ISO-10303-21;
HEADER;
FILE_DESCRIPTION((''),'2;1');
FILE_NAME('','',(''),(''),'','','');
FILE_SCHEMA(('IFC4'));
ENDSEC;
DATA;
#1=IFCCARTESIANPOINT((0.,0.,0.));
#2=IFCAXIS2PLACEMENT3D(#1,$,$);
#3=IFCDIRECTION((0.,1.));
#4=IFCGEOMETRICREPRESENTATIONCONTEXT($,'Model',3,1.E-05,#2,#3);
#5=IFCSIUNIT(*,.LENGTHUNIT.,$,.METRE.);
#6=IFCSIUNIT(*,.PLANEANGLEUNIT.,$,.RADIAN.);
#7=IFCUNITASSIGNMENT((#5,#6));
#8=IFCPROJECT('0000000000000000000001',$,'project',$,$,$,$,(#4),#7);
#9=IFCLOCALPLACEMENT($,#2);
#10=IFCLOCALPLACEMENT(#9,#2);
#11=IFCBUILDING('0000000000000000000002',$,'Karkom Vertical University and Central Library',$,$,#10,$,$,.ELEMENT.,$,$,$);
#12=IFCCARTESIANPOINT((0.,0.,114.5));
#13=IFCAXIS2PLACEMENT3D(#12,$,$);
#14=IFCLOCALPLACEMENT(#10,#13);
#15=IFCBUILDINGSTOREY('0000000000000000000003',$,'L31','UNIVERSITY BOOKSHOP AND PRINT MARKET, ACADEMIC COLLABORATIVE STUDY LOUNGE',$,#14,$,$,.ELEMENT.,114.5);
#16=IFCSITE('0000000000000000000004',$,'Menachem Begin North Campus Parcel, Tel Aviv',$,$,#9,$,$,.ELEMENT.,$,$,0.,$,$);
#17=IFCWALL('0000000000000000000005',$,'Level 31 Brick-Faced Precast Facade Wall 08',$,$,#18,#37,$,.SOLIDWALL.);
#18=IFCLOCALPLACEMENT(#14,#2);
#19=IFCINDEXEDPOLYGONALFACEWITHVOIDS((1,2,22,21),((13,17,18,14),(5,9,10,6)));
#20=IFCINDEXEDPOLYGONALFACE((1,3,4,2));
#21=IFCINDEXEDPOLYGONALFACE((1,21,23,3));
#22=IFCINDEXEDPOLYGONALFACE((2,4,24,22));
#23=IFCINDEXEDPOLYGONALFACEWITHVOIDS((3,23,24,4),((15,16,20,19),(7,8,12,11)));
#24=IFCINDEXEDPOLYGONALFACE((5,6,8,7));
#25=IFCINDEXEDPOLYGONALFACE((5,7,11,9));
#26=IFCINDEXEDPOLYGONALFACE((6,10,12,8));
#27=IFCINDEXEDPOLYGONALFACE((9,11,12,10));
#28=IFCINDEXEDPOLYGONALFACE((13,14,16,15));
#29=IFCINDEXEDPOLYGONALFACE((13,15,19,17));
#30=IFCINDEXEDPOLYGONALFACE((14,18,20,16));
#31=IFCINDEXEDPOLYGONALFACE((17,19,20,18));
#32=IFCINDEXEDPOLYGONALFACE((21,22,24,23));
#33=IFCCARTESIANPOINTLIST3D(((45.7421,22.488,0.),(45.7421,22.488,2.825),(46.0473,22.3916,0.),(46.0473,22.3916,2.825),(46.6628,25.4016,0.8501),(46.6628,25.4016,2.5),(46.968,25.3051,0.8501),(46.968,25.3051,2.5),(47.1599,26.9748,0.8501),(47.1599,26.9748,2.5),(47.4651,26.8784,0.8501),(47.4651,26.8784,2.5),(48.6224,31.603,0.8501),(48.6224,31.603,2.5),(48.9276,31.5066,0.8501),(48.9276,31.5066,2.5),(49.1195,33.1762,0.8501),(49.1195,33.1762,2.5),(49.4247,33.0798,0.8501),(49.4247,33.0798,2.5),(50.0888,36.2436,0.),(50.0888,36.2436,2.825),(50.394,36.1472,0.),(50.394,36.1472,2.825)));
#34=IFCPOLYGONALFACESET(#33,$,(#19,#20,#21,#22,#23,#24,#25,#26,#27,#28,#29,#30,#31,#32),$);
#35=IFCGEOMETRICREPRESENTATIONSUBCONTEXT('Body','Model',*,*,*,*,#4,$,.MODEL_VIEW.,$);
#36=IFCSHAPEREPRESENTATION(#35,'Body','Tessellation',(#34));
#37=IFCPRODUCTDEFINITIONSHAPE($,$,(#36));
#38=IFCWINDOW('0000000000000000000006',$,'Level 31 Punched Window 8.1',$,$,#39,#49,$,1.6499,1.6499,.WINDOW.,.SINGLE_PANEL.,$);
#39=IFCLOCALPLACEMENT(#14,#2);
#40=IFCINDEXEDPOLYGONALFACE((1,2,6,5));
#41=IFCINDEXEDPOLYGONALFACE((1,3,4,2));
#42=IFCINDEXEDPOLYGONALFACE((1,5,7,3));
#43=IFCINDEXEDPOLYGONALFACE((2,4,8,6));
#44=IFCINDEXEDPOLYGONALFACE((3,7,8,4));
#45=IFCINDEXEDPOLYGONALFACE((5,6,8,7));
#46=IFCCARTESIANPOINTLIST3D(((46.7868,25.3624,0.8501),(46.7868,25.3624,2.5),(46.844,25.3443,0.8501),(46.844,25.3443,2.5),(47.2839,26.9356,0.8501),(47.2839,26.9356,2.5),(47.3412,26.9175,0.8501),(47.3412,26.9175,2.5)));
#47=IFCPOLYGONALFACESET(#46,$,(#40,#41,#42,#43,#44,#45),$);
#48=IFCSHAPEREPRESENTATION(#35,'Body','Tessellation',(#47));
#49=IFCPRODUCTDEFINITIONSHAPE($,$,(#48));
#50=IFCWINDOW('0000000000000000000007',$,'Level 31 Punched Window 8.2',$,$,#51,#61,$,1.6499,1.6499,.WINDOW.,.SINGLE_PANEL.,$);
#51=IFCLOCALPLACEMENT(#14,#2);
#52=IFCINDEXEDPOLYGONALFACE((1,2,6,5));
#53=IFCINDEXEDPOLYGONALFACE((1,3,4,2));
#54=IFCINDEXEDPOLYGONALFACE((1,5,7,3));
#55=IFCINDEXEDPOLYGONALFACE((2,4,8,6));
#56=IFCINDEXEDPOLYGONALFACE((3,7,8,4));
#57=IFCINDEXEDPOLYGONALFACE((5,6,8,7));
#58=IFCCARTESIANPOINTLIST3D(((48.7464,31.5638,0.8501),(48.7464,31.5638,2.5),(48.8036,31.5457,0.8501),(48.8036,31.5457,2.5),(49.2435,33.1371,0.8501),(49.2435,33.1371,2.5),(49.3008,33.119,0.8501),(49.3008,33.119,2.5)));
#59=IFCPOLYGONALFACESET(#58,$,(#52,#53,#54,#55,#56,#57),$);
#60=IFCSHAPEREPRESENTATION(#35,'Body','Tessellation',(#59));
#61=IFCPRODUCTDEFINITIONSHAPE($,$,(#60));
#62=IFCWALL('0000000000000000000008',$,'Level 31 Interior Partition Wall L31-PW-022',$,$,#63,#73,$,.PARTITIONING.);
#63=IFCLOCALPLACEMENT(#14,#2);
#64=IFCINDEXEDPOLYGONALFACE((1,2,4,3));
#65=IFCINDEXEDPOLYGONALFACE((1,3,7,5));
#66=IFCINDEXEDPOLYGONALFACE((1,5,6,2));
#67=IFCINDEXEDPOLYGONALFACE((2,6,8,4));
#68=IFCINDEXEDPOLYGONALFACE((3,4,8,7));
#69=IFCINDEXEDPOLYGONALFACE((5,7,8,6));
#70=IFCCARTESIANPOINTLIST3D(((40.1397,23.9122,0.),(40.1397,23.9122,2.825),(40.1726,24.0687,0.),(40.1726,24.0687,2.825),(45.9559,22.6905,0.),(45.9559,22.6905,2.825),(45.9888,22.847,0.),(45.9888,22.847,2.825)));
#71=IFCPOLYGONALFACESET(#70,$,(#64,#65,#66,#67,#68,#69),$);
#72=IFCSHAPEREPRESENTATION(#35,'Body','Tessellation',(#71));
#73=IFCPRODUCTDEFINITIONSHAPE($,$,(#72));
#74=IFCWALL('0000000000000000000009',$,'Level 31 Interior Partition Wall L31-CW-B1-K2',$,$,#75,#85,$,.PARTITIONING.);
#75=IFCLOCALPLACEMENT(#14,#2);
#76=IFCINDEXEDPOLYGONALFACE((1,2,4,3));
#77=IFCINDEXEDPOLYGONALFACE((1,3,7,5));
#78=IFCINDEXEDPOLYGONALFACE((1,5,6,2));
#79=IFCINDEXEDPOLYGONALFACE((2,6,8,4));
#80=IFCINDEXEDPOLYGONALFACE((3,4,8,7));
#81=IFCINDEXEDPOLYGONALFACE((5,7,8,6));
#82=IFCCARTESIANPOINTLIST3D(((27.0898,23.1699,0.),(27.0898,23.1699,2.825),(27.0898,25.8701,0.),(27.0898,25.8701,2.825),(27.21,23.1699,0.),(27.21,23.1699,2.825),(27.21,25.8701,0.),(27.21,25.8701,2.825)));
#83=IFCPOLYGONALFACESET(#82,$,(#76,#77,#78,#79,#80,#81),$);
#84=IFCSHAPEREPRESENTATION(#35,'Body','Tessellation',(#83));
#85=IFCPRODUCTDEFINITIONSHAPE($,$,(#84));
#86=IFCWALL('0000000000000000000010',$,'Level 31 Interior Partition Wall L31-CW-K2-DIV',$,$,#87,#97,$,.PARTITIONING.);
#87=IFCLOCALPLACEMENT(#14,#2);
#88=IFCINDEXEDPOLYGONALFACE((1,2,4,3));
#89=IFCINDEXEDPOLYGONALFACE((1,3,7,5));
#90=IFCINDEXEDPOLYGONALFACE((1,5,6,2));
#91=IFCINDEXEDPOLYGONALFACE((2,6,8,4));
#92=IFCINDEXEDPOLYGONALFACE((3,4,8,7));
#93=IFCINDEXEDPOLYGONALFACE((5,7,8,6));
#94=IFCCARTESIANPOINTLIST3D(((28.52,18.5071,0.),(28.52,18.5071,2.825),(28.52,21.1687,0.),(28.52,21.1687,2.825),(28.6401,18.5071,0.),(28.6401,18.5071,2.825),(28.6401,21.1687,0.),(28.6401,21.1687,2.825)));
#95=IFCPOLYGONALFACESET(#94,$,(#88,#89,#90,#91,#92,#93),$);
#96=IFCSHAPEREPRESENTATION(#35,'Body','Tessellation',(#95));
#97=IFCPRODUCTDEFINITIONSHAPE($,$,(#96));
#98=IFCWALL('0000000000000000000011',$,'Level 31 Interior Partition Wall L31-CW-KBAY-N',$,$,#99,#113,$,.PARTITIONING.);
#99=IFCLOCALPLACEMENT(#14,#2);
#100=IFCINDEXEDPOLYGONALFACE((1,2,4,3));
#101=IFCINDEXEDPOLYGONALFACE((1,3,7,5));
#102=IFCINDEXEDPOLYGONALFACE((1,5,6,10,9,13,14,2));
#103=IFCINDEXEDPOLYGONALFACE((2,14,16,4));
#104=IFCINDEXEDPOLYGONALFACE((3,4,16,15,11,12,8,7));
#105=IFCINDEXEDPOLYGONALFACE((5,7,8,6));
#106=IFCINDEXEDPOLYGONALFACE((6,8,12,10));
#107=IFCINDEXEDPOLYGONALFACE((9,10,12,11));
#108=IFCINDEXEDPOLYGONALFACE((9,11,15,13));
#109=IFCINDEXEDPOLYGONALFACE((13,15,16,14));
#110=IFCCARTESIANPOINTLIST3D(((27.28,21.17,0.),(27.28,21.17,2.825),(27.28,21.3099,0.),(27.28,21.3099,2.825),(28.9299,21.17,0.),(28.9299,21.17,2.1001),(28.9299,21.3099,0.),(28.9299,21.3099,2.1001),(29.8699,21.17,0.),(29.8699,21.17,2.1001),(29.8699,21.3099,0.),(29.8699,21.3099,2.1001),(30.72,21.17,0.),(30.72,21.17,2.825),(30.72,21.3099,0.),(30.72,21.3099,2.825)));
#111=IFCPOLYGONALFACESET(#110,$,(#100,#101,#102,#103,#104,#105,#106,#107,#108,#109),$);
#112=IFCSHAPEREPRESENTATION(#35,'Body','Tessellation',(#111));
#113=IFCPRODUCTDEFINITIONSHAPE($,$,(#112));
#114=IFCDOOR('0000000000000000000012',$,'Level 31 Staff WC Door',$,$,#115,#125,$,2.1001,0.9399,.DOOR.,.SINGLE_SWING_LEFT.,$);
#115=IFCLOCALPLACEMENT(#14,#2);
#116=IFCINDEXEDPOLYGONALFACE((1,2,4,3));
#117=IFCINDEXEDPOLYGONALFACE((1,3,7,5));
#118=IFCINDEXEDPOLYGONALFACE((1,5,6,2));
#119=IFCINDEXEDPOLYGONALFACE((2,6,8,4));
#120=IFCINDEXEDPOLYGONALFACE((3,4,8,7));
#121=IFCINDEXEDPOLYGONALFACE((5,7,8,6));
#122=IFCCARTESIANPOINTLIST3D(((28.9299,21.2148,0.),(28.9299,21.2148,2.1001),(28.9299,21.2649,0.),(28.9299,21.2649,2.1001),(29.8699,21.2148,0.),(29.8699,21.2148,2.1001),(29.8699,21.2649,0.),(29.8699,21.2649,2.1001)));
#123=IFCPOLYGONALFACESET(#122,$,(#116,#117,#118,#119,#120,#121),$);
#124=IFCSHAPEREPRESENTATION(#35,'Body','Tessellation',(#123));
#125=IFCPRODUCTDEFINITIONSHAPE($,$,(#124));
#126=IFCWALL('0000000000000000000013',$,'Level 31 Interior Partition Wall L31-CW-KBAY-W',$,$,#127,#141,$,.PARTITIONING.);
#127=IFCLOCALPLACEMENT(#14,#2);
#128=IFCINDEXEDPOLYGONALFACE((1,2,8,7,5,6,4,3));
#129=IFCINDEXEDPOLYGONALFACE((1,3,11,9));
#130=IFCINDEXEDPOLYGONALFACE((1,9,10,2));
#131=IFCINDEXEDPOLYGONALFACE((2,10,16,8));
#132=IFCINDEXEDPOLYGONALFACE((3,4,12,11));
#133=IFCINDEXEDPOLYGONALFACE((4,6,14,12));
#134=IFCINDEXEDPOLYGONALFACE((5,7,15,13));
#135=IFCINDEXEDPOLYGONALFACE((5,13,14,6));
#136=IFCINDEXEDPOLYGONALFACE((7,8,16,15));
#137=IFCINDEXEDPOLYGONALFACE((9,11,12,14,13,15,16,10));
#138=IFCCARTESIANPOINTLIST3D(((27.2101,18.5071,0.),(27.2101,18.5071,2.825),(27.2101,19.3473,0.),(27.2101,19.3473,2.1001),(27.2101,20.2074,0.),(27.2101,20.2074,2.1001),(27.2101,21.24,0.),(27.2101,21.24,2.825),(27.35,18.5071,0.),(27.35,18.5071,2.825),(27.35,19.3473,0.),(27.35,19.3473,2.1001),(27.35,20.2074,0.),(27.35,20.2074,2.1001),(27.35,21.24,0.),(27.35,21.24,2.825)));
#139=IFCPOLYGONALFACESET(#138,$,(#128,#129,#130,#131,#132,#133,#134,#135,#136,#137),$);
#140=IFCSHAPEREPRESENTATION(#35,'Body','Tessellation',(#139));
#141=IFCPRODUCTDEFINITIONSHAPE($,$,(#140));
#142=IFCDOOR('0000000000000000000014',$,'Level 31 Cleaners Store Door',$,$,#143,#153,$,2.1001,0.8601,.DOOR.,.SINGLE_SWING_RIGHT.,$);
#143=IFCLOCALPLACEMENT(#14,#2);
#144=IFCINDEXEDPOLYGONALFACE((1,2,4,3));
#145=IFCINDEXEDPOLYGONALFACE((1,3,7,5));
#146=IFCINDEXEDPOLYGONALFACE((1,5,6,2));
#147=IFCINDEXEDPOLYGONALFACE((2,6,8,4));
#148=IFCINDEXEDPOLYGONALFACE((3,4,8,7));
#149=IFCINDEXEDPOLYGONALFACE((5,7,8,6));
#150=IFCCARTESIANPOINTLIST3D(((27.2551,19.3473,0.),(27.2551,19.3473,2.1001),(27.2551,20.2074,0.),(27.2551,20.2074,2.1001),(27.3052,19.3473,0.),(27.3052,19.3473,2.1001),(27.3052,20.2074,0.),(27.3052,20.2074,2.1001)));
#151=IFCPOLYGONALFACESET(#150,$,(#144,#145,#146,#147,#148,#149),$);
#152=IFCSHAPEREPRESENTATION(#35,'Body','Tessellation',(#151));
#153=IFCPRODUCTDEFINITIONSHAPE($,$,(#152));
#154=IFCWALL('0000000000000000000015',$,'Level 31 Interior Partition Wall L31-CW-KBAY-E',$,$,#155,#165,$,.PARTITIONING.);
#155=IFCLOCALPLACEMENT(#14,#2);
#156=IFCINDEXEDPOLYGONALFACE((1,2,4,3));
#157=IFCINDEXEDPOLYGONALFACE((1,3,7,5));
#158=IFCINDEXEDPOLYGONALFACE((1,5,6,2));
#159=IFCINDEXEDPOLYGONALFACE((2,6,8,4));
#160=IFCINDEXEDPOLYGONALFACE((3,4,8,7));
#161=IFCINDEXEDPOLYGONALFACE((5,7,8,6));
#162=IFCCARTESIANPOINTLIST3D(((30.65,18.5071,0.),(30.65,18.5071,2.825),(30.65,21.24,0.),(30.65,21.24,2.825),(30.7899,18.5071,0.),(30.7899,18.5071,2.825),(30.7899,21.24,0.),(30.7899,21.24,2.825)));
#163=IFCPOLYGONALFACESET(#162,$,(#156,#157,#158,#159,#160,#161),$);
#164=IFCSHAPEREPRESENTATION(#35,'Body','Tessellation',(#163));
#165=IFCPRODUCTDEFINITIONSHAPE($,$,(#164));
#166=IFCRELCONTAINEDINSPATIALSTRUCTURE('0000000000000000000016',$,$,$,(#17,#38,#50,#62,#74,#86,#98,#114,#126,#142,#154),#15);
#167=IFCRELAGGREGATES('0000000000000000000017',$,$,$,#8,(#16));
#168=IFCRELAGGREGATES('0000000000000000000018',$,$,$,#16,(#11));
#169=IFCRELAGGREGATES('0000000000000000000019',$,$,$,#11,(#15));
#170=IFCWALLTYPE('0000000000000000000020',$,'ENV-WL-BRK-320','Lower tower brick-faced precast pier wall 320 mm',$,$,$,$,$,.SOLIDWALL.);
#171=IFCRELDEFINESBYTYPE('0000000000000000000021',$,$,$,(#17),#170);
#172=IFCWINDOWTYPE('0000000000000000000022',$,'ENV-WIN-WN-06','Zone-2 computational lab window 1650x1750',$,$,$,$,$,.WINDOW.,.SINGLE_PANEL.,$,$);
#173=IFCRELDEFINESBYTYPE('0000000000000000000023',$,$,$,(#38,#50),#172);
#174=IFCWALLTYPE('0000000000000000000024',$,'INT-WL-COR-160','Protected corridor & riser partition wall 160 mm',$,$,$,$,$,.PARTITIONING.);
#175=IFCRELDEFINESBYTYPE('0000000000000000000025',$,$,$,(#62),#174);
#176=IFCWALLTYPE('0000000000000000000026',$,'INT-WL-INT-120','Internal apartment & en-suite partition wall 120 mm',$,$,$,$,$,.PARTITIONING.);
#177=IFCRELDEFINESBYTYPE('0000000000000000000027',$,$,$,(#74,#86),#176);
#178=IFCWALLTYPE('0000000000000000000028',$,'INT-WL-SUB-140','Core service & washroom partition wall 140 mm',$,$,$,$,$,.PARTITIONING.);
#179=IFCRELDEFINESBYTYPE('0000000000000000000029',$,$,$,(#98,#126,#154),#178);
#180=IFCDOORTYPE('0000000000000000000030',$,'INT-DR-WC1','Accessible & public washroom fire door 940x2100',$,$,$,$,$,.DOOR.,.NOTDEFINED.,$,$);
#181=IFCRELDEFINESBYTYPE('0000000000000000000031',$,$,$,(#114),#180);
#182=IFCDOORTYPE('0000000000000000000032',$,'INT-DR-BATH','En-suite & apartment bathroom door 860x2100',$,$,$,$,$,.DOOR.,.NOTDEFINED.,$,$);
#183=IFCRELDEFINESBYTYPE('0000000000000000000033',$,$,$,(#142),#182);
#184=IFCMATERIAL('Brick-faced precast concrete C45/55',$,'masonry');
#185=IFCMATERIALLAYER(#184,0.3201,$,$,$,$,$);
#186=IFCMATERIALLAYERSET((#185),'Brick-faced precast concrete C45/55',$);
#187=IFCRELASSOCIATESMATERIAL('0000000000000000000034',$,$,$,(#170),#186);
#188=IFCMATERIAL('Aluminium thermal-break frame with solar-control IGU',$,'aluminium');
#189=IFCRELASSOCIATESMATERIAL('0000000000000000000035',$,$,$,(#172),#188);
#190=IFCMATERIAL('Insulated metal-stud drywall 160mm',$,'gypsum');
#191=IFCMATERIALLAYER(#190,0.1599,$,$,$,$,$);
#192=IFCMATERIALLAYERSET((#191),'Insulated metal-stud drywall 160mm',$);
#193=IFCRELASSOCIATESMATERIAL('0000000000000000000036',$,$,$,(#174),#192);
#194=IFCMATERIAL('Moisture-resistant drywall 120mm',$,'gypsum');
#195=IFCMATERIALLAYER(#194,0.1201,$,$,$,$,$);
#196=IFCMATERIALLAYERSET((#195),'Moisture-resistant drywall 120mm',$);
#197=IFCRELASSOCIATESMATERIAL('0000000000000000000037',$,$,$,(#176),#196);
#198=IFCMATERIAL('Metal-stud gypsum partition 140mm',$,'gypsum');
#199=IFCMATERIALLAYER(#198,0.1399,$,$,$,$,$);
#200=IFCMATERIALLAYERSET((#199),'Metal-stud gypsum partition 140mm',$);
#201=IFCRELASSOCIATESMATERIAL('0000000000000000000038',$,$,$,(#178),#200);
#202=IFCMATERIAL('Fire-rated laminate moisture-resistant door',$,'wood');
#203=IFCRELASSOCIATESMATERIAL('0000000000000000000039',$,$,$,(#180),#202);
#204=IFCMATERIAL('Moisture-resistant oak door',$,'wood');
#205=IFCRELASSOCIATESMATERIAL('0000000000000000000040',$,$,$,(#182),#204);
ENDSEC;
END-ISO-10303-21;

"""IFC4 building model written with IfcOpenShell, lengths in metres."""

from ifc_helpers import new_model, si_unit, direction, frame, frame_2d, origin, origin_with_axes, place, context, subcontext, project, spatial, rectangle, extrude, source, transform, mapped, material, layer, layer_set, type_object, element, fill, save


model = new_model("IFC4")

# Units and contexts
model_context = context("Model", 3, precision=1e-05, world=origin(), true_north=direction((0.0, 1.0)))
body_context = subcontext(model_context, "Body", "Model", "MODEL_VIEW")
ifc_project = project(units=[si_unit("LENGTHUNIT", "METRE"), si_unit("PLANEANGLEUNIT", "RADIAN")], contexts=[model_context])

# Site, building, storey
site_placement = place(None, origin())
site = spatial("IfcSite", under=ifc_project, at=site_placement, Name="Menachem Begin North Campus Parcel, Tel Aviv", CompositionType="ELEMENT", RefElevation=0.0)
building_placement = place(site_placement, origin())
building = spatial("IfcBuilding", under=site, at=building_placement, Name="Karkom Vertical University and Central Library", CompositionType="ELEMENT")
storey_placement = place(building_placement, frame((0.0, 0.0, 114.5)))
storey = spatial("IfcBuildingStorey", under=building, at=storey_placement, Name="L31", Description="UNIVERSITY BOOKSHOP AND PRINT MARKET, ACADEMIC COLLABORATIVE STUDY LOUNGE", CompositionType="ELEMENT", Elevation=114.5)

# Wall, openings, windows
ifc_material_1 = material(Name="Brick-faced precast concrete C45/55", Category="masonry")
ifc_layer_1 = layer(ifc_material_1, 0.3201)
ifc_layer_set_1 = layer_set([ifc_layer_1], Name="Brick-faced precast concrete C45/55")
wall_type_1 = type_object("IfcWallType", Name="ENV-WL-BRK-320", Description="Lower tower brick-faced precast pier wall 320 mm", PredefinedType="SOLIDWALL", material=ifc_layer_set_1)
wall_1_placement = place(storey_placement, frame((45.8948, 22.4399, 0.0), z_axis=(0.0, 0.0, 1.0), x_axis=(0.301308, 0.953527, 0.0)))
wall_1 = element("IfcWall", 1, at=wall_1_placement, inside=storey, type_object=wall_type_1, Name="Level 31 Brick-Faced Precast Facade Wall 08", PredefinedType="SOLIDWALL", context=body_context, shape_type="SweptSolid", body=[
    extrude(rectangle(XDim=14.426, YDim=0.3201, at=frame_2d((7.2129, 0.0))), origin(), (0.0, 0.0, 1.0), 2.825),
])
opening_1_placement = place(wall_1_placement, frame((3.0554, 0.0, 0.8501)))
opening_1 = element("IfcOpeningElement", 2, at=opening_1_placement, cuts=wall_1, PredefinedType="OPENING", context=body_context, shape_type="SweptSolid", body=[
    extrude(rectangle(XDim=1.6499, YDim=1.6499, at=frame_2d((0.825, 0.825))), frame((0.0, 0.1699, 0.0), z_axis=(0.0, -1.0, 0.0), x_axis=(1.0, 0.0, 0.0)), (0.0, 0.0, 1.0), 0.3401),
])
opening_2_placement = place(wall_1_placement, frame((9.5591, 0.0, 0.8501)))
opening_2 = element("IfcOpeningElement", 3, at=opening_2_placement, cuts=wall_1, PredefinedType="OPENING", context=body_context, shape_type="SweptSolid", body=[
    extrude(rectangle(XDim=1.6499, YDim=1.6499, at=frame_2d((0.825, 0.825))), frame((0.0, 0.1699, 0.0), z_axis=(0.0, -1.0, 0.0), x_axis=(1.0, 0.0, 0.0)), (0.0, 0.0, 1.0), 0.3401),
])
ifc_material_2 = material(Name="Aluminium thermal-break frame with solar-control IGU", Category="aluminium")
window_type = type_object("IfcWindowType", Name="ENV-WIN-WN-06", Description="Zone-2 computational lab window 1650x1750", PartitioningType="SINGLE_PANEL", PredefinedType="WINDOW", material=ifc_material_2)
shared_shape_1 = source(origin_with_axes(), body_context, "Body", "SweptSolid", [
    extrude(rectangle(XDim=1.6499, YDim=1.6499, at=frame_2d((0.825, 0.825))), frame((0.0, 0.03, 0.0), z_axis=(0.0, -1.0, 0.0), x_axis=(1.0, 0.0, 0.0)), (0.0, 0.0, 1.0), 0.0601),
])
window_1_placement = place(opening_1_placement, origin())
window_1 = element("IfcWindow", 4, at=window_1_placement, inside=storey, type_object=window_type, Name="Level 31 Punched Window 8.1", OverallHeight=1.6499, OverallWidth=1.6499, PartitioningType="SINGLE_PANEL", PredefinedType="WINDOW", context=body_context, shape_type="MappedRepresentation", body=[
    mapped(shared_shape_1, transform((0.0, 0.0, 0.0), scale=1.0)),
])
fill(opening_1, window_1)
window_2_placement = place(opening_2_placement, origin())
window_2 = element("IfcWindow", 5, at=window_2_placement, inside=storey, type_object=window_type, Name="Level 31 Punched Window 8.2", OverallHeight=1.6499, OverallWidth=1.6499, PartitioningType="SINGLE_PANEL", PredefinedType="WINDOW", context=body_context, shape_type="MappedRepresentation", body=[
    mapped(shared_shape_1, transform((0.0, 0.0, 0.0), scale=1.0)),
])
fill(opening_2, window_2)

# Walls
ifc_material_3 = material(Name="Insulated metal-stud drywall 160mm", Category="gypsum")
ifc_layer_2 = layer(ifc_material_3, 0.1599)
ifc_layer_set_2 = layer_set([ifc_layer_2], Name="Insulated metal-stud drywall 160mm")
wall_type_2 = type_object("IfcWallType", Name="INT-WL-COR-160", Description="Protected corridor & riser partition wall 160 mm", PredefinedType="PARTITIONING", material=ifc_layer_set_2)
wall_2_placement = place(storey_placement, frame((40.156, 23.9905, 0.0), z_axis=(0.0, 0.0, 1.0), x_axis=(0.978644, -0.205563, 0.0)))
element("IfcWall", 6, at=wall_2_placement, inside=storey, type_object=wall_type_2, Name="Level 31 Interior Partition Wall L31-PW-022", PredefinedType="PARTITIONING", context=body_context, shape_type="SweptSolid", body=[
    extrude(rectangle(XDim=5.9431, YDim=0.1599, at=frame_2d((2.9717, 0.0))), origin(), (0.0, 0.0, 1.0), 2.825),
])
ifc_material_4 = material(Name="Moisture-resistant drywall 120mm", Category="gypsum")
ifc_layer_3 = layer(ifc_material_4, 0.1201)
ifc_layer_set_3 = layer_set([ifc_layer_3], Name="Moisture-resistant drywall 120mm")
wall_type_3 = type_object("IfcWallType", Name="INT-WL-INT-120", Description="Internal apartment & en-suite partition wall 120 mm", PredefinedType="PARTITIONING", material=ifc_layer_set_3)
wall_3_placement = place(storey_placement, frame((27.1499, 23.1699, 0.0), z_axis=(0.0, 0.0, 1.0), x_axis=(0.0, 1.0, 0.0)))
element("IfcWall", 7, at=wall_3_placement, inside=storey, type_object=wall_type_3, Name="Level 31 Interior Partition Wall L31-CW-B1-K2", PredefinedType="PARTITIONING", context=body_context, shape_type="SweptSolid", body=[
    extrude(rectangle(XDim=2.7002, YDim=0.1201, at=frame_2d((1.3501, 0.0))), origin(), (0.0, 0.0, 1.0), 2.825),
])
wall_4_placement = place(storey_placement, frame((28.5801, 18.5071, 0.0), z_axis=(0.0, 0.0, 1.0), x_axis=(0.0, 1.0, 0.0)))
element("IfcWall", 8, at=wall_4_placement, inside=storey, type_object=wall_type_3, Name="Level 31 Interior Partition Wall L31-CW-K2-DIV", PredefinedType="PARTITIONING", context=body_context, shape_type="SweptSolid", body=[
    extrude(rectangle(XDim=2.6616, YDim=0.1201, at=frame_2d((1.3308, 0.0))), origin(), (0.0, 0.0, 1.0), 2.825),
])

# Walls, openings, doors
ifc_material_5 = material(Name="Metal-stud gypsum partition 140mm", Category="gypsum")
ifc_layer_4 = layer(ifc_material_5, 0.1399)
ifc_layer_set_4 = layer_set([ifc_layer_4], Name="Metal-stud gypsum partition 140mm")
wall_type_4 = type_object("IfcWallType", Name="INT-WL-SUB-140", Description="Core service & washroom partition wall 140 mm", PredefinedType="PARTITIONING", material=ifc_layer_set_4)
wall_5_placement = place(storey_placement, frame((27.28, 21.24, 0.0), z_axis=(0.0, 0.0, 1.0), x_axis=(1.0, 0.0, 0.0)))
wall_5 = element("IfcWall", 9, at=wall_5_placement, inside=storey, type_object=wall_type_4, Name="Level 31 Interior Partition Wall L31-CW-KBAY-N", PredefinedType="PARTITIONING", context=body_context, shape_type="SweptSolid", body=[
    extrude(rectangle(XDim=3.4399, YDim=0.1399, at=frame_2d((1.72, 0.0))), origin(), (0.0, 0.0, 1.0), 2.825),
])
opening_3_placement = place(wall_5_placement, frame((1.6499, 0.0, 0.0)))
opening_3 = element("IfcOpeningElement", 10, at=opening_3_placement, cuts=wall_5, PredefinedType="OPENING", context=body_context, shape_type="SweptSolid", body=[
    extrude(rectangle(XDim=0.9399, YDim=2.1001, at=frame_2d((0.47, 1.05))), frame((0.0, 0.0801, 0.0), z_axis=(0.0, -1.0, 0.0), x_axis=(1.0, 0.0, 0.0)), (0.0, 0.0, 1.0), 0.1599),
])
ifc_material_6 = material(Name="Fire-rated laminate moisture-resistant door", Category="wood")
door_type_1 = type_object("IfcDoorType", Name="INT-DR-WC1", Description="Accessible & public washroom fire door 940x2100", OperationType="NOTDEFINED", PredefinedType="DOOR", material=ifc_material_6)
shared_shape_2 = source(origin_with_axes(), body_context, "Body", "SweptSolid", [
    extrude(rectangle(XDim=0.9399, YDim=2.1001, at=frame_2d((0.47, 1.05))), frame((0.0, 0.0249, 0.0), z_axis=(0.0, -1.0, 0.0), x_axis=(1.0, 0.0, 0.0)), (0.0, 0.0, 1.0), 0.05),
])
door_1_placement = place(opening_3_placement, origin())
door_1 = element("IfcDoor", 11, at=door_1_placement, inside=storey, type_object=door_type_1, Name="Level 31 Staff WC Door", OperationType="SINGLE_SWING_LEFT", OverallHeight=2.1001, OverallWidth=0.9399, PredefinedType="DOOR", context=body_context, shape_type="MappedRepresentation", body=[
    mapped(shared_shape_2, transform((0.0, 0.0, 0.0), scale=1.0)),
])
fill(opening_3, door_1)
wall_6_placement = place(storey_placement, frame((27.28, 18.5071, 0.0), z_axis=(0.0, 0.0, 1.0), x_axis=(0.0, 1.0, 0.0)))
wall_6 = element("IfcWall", 12, at=wall_6_placement, inside=storey, type_object=wall_type_4, Name="Level 31 Interior Partition Wall L31-CW-KBAY-W", PredefinedType="PARTITIONING", context=body_context, shape_type="SweptSolid", body=[
    extrude(rectangle(XDim=2.7329, YDim=0.1399, at=frame_2d((1.3665, 0.0))), origin(), (0.0, 0.0, 1.0), 2.825),
])
opening_4_placement = place(wall_6_placement, frame((0.8401, 0.0, 0.0)))
opening_4 = element("IfcOpeningElement", 13, at=opening_4_placement, cuts=wall_6, PredefinedType="OPENING", context=body_context, shape_type="SweptSolid", body=[
    extrude(rectangle(XDim=0.8601, YDim=2.1001, at=frame_2d((0.4302, 1.05))), frame((0.0, 0.0801, 0.0), z_axis=(0.0, -1.0, 0.0), x_axis=(1.0, 0.0, 0.0)), (0.0, 0.0, 1.0), 0.1599),
])
ifc_material_7 = material(Name="Moisture-resistant oak door", Category="wood")
door_type_2 = type_object("IfcDoorType", Name="INT-DR-BATH", Description="En-suite & apartment bathroom door 860x2100", OperationType="NOTDEFINED", PredefinedType="DOOR", material=ifc_material_7)
shared_shape_3 = source(origin_with_axes(), body_context, "Body", "SweptSolid", [
    extrude(rectangle(XDim=0.8601, YDim=2.1001, at=frame_2d((0.4302, 1.05))), frame((0.0, 0.0249, 0.0), z_axis=(0.0, -1.0, 0.0), x_axis=(1.0, 0.0, 0.0)), (0.0, 0.0, 1.0), 0.05),
])
door_2_placement = place(opening_4_placement, origin())
door_2 = element("IfcDoor", 14, at=door_2_placement, inside=storey, type_object=door_type_2, Name="Level 31 Cleaners Store Door", OperationType="SINGLE_SWING_RIGHT", OverallHeight=2.1001, OverallWidth=0.8601, PredefinedType="DOOR", context=body_context, shape_type="MappedRepresentation", body=[
    mapped(shared_shape_3, transform((0.0, 0.0, 0.0), scale=1.0)),
])
fill(opening_4, door_2)

# Wall
wall_7_placement = place(storey_placement, frame((30.72, 18.5071, 0.0), z_axis=(0.0, 0.0, 1.0), x_axis=(0.0, 1.0, 0.0)))
element("IfcWall", 15, at=wall_7_placement, inside=storey, type_object=wall_type_4, Name="Level 31 Interior Partition Wall L31-CW-KBAY-E", PredefinedType="PARTITIONING", context=body_context, shape_type="SweptSolid", body=[
    extrude(rectangle(XDim=2.7329, YDim=0.1399, at=frame_2d((1.3665, 0.0))), origin(), (0.0, 0.0, 1.0), 2.825),
])

save(model, "model.ifc")
